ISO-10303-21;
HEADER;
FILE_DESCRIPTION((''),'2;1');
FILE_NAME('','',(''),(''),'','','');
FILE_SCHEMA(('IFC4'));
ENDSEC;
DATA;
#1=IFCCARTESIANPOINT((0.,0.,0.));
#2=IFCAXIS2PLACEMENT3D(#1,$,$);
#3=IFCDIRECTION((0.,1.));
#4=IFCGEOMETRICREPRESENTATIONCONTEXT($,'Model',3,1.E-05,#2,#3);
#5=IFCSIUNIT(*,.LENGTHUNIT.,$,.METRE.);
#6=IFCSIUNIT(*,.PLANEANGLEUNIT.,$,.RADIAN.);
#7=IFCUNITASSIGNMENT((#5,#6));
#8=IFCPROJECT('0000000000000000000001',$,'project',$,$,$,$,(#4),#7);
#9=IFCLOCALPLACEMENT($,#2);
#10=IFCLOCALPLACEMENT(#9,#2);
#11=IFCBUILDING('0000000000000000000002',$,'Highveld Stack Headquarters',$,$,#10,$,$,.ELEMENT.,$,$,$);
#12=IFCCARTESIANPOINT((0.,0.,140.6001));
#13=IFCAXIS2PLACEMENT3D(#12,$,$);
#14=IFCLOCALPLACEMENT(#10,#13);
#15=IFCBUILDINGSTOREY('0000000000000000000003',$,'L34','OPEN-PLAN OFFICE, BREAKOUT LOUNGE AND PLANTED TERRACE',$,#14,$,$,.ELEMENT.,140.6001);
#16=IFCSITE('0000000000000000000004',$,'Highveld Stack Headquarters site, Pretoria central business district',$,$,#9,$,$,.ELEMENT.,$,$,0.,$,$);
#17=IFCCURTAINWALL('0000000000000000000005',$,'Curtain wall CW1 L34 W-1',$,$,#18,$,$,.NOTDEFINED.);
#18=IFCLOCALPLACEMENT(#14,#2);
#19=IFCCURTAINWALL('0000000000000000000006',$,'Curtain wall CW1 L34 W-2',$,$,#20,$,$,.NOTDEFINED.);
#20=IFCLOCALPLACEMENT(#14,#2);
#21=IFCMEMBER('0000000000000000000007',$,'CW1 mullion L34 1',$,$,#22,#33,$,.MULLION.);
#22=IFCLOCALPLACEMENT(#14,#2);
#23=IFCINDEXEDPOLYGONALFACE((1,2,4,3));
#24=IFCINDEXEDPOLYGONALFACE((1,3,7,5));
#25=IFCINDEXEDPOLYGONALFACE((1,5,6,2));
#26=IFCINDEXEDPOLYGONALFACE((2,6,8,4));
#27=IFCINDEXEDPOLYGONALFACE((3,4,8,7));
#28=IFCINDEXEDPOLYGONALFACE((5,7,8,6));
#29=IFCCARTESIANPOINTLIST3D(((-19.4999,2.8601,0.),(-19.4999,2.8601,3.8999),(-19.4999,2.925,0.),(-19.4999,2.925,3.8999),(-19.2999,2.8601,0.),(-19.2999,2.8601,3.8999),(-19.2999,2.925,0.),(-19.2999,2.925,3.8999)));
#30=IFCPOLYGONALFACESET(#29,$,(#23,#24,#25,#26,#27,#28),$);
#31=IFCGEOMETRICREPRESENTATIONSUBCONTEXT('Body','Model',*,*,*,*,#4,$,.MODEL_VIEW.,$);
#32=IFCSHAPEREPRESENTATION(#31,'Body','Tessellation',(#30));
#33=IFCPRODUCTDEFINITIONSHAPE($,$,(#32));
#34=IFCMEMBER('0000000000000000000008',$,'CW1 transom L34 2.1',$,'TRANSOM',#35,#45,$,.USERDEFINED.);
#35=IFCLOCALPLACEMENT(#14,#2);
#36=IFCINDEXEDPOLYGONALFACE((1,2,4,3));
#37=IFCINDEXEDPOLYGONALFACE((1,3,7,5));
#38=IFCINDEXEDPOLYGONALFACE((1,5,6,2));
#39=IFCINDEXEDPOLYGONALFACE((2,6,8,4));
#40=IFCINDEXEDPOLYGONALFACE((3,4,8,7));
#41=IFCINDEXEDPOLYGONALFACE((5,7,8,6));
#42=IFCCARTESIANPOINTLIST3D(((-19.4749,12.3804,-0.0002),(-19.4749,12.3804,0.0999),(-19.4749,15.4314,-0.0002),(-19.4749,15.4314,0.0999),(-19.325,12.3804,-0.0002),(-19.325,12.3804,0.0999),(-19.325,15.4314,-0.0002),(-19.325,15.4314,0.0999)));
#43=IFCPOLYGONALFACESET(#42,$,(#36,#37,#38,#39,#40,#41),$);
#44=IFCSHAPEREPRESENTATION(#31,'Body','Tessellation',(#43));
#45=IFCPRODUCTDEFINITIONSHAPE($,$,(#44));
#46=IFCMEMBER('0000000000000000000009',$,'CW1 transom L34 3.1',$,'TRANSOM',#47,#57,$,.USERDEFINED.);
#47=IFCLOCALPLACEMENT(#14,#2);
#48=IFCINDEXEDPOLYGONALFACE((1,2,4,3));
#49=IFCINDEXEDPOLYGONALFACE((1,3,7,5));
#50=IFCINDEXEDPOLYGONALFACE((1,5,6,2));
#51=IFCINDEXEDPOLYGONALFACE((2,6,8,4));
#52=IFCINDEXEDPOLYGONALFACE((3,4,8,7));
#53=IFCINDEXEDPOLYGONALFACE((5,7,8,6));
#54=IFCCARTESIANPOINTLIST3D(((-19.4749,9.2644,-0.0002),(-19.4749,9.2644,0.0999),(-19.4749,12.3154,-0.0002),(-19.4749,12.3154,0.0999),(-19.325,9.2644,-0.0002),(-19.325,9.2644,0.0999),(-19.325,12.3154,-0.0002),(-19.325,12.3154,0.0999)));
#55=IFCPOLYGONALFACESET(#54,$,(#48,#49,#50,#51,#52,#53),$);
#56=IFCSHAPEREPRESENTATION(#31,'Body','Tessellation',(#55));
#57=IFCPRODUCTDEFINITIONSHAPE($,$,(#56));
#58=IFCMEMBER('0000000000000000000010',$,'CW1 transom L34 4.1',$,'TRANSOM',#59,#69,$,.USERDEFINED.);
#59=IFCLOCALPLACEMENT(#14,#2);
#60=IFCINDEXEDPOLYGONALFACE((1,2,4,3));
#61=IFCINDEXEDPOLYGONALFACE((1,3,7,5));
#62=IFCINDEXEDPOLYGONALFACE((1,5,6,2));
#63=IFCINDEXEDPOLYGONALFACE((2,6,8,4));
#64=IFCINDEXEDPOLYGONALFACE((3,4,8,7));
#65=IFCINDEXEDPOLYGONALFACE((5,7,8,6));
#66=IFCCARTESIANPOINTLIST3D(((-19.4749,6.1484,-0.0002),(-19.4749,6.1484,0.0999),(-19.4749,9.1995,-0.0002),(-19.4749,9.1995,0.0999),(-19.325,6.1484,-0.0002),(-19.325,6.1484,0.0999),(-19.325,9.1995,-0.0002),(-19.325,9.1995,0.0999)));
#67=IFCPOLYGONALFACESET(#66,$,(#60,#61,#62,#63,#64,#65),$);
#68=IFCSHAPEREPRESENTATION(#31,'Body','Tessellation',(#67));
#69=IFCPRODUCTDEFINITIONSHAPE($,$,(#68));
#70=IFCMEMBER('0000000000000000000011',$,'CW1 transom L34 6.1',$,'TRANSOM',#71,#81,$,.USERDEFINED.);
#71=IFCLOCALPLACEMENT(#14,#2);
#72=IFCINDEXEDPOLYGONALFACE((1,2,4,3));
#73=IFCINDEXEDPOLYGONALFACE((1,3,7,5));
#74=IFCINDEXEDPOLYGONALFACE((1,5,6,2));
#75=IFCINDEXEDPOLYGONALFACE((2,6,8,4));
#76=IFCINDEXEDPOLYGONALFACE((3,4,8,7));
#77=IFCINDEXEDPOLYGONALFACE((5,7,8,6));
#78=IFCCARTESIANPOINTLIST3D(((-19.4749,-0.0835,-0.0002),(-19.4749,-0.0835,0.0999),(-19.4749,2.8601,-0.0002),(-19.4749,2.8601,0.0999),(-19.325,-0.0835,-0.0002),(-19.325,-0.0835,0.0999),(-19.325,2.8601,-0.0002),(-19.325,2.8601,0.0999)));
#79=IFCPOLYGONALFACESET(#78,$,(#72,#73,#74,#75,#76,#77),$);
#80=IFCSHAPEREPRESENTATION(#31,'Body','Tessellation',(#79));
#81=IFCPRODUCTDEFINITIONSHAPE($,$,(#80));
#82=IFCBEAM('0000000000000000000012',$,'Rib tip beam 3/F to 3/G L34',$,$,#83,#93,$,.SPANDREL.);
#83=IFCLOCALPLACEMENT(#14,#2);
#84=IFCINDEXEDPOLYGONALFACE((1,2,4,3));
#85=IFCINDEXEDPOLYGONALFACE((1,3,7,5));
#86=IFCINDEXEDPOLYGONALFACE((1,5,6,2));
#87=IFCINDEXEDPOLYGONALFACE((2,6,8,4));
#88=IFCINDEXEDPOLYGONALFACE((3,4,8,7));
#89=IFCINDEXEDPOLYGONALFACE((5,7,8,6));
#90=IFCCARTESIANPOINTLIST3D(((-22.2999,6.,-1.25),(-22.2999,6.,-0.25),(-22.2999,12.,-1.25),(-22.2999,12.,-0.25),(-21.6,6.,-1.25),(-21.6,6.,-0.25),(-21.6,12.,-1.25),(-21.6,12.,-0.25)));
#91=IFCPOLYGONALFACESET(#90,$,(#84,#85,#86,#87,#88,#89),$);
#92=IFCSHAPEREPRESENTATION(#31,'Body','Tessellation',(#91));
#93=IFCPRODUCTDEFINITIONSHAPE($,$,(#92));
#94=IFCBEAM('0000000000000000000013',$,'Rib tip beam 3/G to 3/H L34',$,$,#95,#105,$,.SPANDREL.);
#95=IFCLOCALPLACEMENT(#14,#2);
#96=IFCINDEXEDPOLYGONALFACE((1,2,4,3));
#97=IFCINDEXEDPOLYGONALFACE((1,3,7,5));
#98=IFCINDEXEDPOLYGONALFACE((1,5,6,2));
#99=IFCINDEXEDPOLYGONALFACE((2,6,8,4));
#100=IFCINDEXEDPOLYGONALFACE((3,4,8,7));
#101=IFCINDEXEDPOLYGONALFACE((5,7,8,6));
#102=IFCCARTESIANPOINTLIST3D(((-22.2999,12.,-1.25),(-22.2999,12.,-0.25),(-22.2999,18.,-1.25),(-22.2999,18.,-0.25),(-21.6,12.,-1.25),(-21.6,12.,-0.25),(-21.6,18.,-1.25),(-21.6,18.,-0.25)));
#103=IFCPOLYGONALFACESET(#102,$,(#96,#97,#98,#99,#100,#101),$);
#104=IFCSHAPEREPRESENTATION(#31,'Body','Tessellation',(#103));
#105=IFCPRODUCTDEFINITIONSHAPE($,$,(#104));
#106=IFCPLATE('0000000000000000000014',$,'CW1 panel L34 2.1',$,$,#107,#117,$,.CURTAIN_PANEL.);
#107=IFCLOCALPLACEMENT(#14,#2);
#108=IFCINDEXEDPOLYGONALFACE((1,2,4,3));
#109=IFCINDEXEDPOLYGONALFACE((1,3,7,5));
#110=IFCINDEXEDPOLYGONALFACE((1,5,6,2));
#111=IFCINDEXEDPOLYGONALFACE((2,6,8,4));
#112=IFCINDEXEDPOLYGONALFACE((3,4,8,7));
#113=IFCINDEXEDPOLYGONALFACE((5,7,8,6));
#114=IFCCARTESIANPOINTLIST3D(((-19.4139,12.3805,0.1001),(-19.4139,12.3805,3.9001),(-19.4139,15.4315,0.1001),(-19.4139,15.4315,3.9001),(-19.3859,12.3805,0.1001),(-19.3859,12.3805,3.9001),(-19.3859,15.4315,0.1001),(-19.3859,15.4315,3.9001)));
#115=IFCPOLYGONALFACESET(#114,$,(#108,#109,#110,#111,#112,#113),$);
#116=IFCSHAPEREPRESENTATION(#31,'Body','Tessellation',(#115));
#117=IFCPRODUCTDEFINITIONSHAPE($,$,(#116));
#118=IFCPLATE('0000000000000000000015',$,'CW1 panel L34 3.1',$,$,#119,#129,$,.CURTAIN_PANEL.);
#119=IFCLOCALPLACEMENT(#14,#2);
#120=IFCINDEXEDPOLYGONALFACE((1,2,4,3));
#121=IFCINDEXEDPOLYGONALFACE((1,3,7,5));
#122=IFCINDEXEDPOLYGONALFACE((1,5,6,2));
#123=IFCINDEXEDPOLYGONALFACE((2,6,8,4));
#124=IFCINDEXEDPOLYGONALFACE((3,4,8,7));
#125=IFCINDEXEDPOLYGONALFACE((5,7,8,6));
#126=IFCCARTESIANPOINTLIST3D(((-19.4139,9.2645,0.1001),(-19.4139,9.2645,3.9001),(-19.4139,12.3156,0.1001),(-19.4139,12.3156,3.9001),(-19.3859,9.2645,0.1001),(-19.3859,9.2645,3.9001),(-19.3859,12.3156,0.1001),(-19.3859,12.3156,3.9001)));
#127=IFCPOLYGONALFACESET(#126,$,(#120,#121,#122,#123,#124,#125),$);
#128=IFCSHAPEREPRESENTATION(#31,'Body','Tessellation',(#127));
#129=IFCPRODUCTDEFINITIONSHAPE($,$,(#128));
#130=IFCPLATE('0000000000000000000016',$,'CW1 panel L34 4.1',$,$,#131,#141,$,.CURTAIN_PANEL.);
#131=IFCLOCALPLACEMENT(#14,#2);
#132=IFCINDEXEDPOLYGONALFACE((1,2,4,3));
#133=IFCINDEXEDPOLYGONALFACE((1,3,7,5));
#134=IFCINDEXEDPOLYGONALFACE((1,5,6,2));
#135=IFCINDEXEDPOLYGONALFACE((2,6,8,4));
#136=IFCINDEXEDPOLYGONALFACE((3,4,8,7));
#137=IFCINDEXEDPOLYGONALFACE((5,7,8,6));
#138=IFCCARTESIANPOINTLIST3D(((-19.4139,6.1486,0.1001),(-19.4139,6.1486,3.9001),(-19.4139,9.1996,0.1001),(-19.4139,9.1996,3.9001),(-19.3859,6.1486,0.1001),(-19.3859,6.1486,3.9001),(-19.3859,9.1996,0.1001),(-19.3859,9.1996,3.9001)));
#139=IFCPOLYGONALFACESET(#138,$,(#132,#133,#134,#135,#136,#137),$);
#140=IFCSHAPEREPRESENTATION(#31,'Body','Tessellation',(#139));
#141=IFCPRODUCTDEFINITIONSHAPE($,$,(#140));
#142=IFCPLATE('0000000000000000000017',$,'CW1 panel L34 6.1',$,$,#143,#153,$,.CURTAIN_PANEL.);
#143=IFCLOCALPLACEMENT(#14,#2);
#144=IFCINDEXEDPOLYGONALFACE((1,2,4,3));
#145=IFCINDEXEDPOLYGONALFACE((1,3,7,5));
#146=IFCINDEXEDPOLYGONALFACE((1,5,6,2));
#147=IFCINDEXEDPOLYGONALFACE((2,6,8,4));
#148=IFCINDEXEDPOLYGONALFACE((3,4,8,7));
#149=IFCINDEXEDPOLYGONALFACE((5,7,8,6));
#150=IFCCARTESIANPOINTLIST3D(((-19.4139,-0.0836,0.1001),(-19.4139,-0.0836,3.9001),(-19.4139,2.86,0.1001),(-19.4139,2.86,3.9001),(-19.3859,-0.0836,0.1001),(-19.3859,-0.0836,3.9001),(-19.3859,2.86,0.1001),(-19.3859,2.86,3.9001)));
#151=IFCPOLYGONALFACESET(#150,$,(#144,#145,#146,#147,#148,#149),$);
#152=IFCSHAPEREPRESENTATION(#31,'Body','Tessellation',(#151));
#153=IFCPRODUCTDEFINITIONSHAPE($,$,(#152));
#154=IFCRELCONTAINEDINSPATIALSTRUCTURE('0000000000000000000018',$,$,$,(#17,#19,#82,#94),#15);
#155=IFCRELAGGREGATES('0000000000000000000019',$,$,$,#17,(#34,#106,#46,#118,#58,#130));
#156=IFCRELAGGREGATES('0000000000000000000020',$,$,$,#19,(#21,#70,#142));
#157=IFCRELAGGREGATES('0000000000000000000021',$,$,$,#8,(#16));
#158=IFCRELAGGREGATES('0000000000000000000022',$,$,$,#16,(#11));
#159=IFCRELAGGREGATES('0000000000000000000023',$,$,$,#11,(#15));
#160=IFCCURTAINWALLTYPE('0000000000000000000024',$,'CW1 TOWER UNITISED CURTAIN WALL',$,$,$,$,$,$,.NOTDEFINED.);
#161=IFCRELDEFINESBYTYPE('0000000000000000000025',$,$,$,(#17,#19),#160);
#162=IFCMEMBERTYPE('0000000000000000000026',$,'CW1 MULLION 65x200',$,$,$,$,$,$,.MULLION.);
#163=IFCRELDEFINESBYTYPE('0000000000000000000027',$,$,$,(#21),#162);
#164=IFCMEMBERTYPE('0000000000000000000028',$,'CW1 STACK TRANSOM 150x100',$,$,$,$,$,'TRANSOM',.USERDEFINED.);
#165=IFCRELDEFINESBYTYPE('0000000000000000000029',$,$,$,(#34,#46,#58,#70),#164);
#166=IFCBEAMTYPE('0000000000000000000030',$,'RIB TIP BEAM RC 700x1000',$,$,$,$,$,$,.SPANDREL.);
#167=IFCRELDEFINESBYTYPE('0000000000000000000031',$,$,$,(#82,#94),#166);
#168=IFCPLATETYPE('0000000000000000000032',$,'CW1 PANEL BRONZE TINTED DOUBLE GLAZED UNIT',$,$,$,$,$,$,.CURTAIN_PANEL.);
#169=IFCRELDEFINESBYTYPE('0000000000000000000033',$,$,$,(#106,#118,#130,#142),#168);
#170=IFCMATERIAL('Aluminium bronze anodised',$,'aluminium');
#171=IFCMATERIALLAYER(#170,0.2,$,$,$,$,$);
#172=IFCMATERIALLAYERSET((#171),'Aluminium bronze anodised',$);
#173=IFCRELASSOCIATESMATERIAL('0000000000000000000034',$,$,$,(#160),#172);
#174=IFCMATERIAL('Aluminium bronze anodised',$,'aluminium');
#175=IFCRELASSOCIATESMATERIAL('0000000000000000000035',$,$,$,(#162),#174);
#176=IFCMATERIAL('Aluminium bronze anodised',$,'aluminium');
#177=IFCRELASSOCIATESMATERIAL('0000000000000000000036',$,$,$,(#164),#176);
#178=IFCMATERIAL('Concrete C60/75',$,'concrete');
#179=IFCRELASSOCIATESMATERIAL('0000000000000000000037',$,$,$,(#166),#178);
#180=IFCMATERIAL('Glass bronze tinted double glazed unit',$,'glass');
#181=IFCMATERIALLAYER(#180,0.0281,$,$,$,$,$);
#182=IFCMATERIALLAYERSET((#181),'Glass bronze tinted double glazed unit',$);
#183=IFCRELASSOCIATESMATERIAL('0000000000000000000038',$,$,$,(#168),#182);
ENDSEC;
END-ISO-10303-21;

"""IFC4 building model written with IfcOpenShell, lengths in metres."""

from ifc_helpers import new_model, si_unit, direction, frame, origin, origin_2d, place, context, subcontext, project, spatial, rectangle, extrude, material, layer, layer_set, material_profile, profile_set, type_object, element, aggregate, save


model = new_model("IFC4")

# Units and contexts
model_context = context("Model", 3, precision=1e-05, world=origin(), true_north=direction((0.0, 1.0)))
body_context = subcontext(model_context, "Body", "Model", "MODEL_VIEW")
ifc_project = project(units=[si_unit("LENGTHUNIT", "METRE"), si_unit("PLANEANGLEUNIT", "RADIAN")], contexts=[model_context])

# Site, building, storey
site_placement = place(None, origin())
site = spatial("IfcSite", under=ifc_project, at=site_placement, Name="Highveld Stack Headquarters site, Pretoria central business district", CompositionType="ELEMENT", RefElevation=0.0)
building_placement = place(site_placement, origin())
building = spatial("IfcBuilding", under=site, at=building_placement, Name="Highveld Stack Headquarters", CompositionType="ELEMENT")
storey_placement = place(building_placement, frame((0.0, 0.0, 140.6001)))
storey = spatial("IfcBuildingStorey", under=building, at=storey_placement, Name="L34", Description="OPEN-PLAN OFFICE, BREAKOUT LOUNGE AND PLANTED TERRACE", CompositionType="ELEMENT", Elevation=140.6001)

# Curtain wall
ifc_material_1 = material(Name="Aluminium bronze anodised", Category="aluminium")
ifc_layer_1 = layer(ifc_material_1, 0.2)
ifc_layer_set_1 = layer_set([ifc_layer_1], Name="Aluminium bronze anodised")
curtain_wall_type = type_object("IfcCurtainWallType", Name="CW1 TOWER UNITISED CURTAIN WALL", PredefinedType="NOTDEFINED", material=ifc_layer_set_1)
curtain_wall_1_placement = place(storey_placement, origin())
curtain_wall_1 = element("IfcCurtainWall", 1, at=curtain_wall_1_placement, inside=storey, type_object=curtain_wall_type, Name="Curtain wall CW1 L34 W-1", PredefinedType="NOTDEFINED")

# Curtain wall
curtain_wall_2_placement = place(storey_placement, origin())
curtain_wall_2 = element("IfcCurtainWall", 2, at=curtain_wall_2_placement, inside=storey, type_object=curtain_wall_type, Name="Curtain wall CW1 L34 W-2", PredefinedType="NOTDEFINED")

# Members
ifc_material_2 = material(Name="Aluminium bronze anodised", Category="aluminium")
ifc_material_profile_1 = material_profile(ifc_material_2, rectangle(XDim=0.2, YDim=0.0649, at=origin_2d()), Name="CW1 MULLION 65x200")
ifc_profile_set_1 = profile_set([ifc_material_profile_1], Name="Aluminium bronze anodised")
member_type_1 = type_object("IfcMemberType", Name="CW1 MULLION 65x200", PredefinedType="MULLION", material=ifc_profile_set_1)
member_1_placement = place(storey_placement, frame((-19.3999, 2.8926, 0.0), z_axis=(0.0, 0.0, 1.0), x_axis=(1.0, 0.0, 0.0)))
member_1 = element("IfcMember", 3, at=member_1_placement, type_object=member_type_1, Name="CW1 mullion L34 1", PredefinedType="MULLION", context=body_context, shape_type="SweptSolid", body=[
    extrude(rectangle(XDim=0.2, YDim=0.0649, at=origin_2d()), origin(), (0.0, 0.0, 1.0), 3.8999),
])
ifc_material_3 = material(Name="Aluminium bronze anodised", Category="aluminium")
ifc_material_profile_2 = material_profile(ifc_material_3, rectangle(XDim=0.1499, YDim=0.1001, at=origin_2d()), Name="CW1 TRANSOM 150x100")
ifc_profile_set_2 = profile_set([ifc_material_profile_2], Name="Aluminium bronze anodised")
member_type_2 = type_object("IfcMemberType", Name="CW1 STACK TRANSOM 150x100", ElementType="TRANSOM", PredefinedType="USERDEFINED", material=ifc_profile_set_2)
member_2_placement = place(storey_placement, frame((-19.3999, 15.4314, 0.0498), z_axis=(0.0, -1.0, 0.0), x_axis=(1.0, 0.0, 0.0)))
member_2 = element("IfcMember", 4, at=member_2_placement, type_object=member_type_2, Name="CW1 transom L34 2.1", ObjectType="TRANSOM", PredefinedType="USERDEFINED", context=body_context, shape_type="SweptSolid", body=[
    extrude(rectangle(XDim=0.1499, YDim=0.1001, at=origin_2d()), origin(), (0.0, 0.0, 1.0), 3.051),
])
member_3_placement = place(storey_placement, frame((-19.3999, 12.3154, 0.0498), z_axis=(0.0, -1.0, 0.0), x_axis=(1.0, 0.0, 0.0)))
member_3 = element("IfcMember", 5, at=member_3_placement, type_object=member_type_2, Name="CW1 transom L34 3.1", ObjectType="TRANSOM", PredefinedType="USERDEFINED", context=body_context, shape_type="SweptSolid", body=[
    extrude(rectangle(XDim=0.1499, YDim=0.1001, at=origin_2d()), origin(), (0.0, 0.0, 1.0), 3.051),
])
member_4_placement = place(storey_placement, frame((-19.3999, 9.1995, 0.0498), z_axis=(0.0, -1.0, 0.0), x_axis=(1.0, 0.0, 0.0)))
member_4 = element("IfcMember", 6, at=member_4_placement, type_object=member_type_2, Name="CW1 transom L34 4.1", ObjectType="TRANSOM", PredefinedType="USERDEFINED", context=body_context, shape_type="SweptSolid", body=[
    extrude(rectangle(XDim=0.1499, YDim=0.1001, at=origin_2d()), origin(), (0.0, 0.0, 1.0), 3.051),
])
member_5_placement = place(storey_placement, frame((-19.3999, 2.8601, 0.0498), z_axis=(0.0, -1.0, 0.0), x_axis=(1.0, 0.0, 0.0)))
member_5 = element("IfcMember", 7, at=member_5_placement, type_object=member_type_2, Name="CW1 transom L34 6.1", ObjectType="TRANSOM", PredefinedType="USERDEFINED", context=body_context, shape_type="SweptSolid", body=[
    extrude(rectangle(XDim=0.1499, YDim=0.1001, at=origin_2d()), origin(), (0.0, 0.0, 1.0), 2.9436),
])

# Beams
ifc_material_4 = material(Name="Concrete C60/75", Category="concrete")
ifc_material_profile_3 = material_profile(ifc_material_4, rectangle(XDim=0.7, YDim=1.0, at=origin_2d()), Name="RC 700x1000")
ifc_profile_set_3 = profile_set([ifc_material_profile_3], Name="Concrete C60/75")
beam_type_1 = type_object("IfcBeamType", Name="RIB TIP BEAM RC 700x1000", PredefinedType="SPANDREL", material=ifc_profile_set_3)
for number, where, z_axis, x_axis, name in (
    (8, (-21.95, 6.0, -0.75), (0.0, 1.0, 0.0), (-1.0, 0.0, 0.0), "Rib tip beam 3/F to 3/G L34"),
    (9, (-21.95, 12.0, -0.75), (0.0, 1.0, 0.0), (-1.0, 0.0, 0.0), "Rib tip beam 3/G to 3/H L34"),
):
    element("IfcBeam", number, at=place(storey_placement, frame(where, z_axis=z_axis, x_axis=x_axis)), inside=storey, type_object=beam_type_1, Name=name, PredefinedType="SPANDREL", context=body_context, shape_type="SweptSolid", body=[
        extrude(rectangle(XDim=0.7, YDim=1.0, at=origin_2d()), origin(), (0.0, 0.0, 1.0), 6.0),
    ])

# Plates
ifc_material_5 = material(Name="Glass bronze tinted double glazed unit", Category="glass")
ifc_layer_2 = layer(ifc_material_5, 0.0281)
ifc_layer_set_2 = layer_set([ifc_layer_2], Name="Glass bronze tinted double glazed unit")
plate_type = type_object("IfcPlateType", Name="CW1 PANEL BRONZE TINTED DOUBLE GLAZED UNIT", PredefinedType="CURTAIN_PANEL", material=ifc_layer_set_2)
plate_1_placement = place(storey_placement, frame((-19.3999, 13.906, 0.1001), z_axis=(0.0, 0.0, 1.0), x_axis=(0.0, -1.0, 0.0)))
plate_1 = element("IfcPlate", 10, at=plate_1_placement, type_object=plate_type, Name="CW1 panel L34 2.1", PredefinedType="CURTAIN_PANEL", context=body_context, shape_type="SweptSolid", body=[
    extrude(rectangle(XDim=3.051, YDim=0.0281, at=origin_2d()), origin(), (0.0, 0.0, 1.0), 3.8),
])
plate_2_placement = place(storey_placement, frame((-19.3999, 10.79, 0.1001), z_axis=(0.0, 0.0, 1.0), x_axis=(0.0, -1.0, 0.0)))
plate_2 = element("IfcPlate", 11, at=plate_2_placement, type_object=plate_type, Name="CW1 panel L34 3.1", PredefinedType="CURTAIN_PANEL", context=body_context, shape_type="SweptSolid", body=[
    extrude(rectangle(XDim=3.051, YDim=0.0281, at=origin_2d()), origin(), (0.0, 0.0, 1.0), 3.8),
])
plate_3_placement = place(storey_placement, frame((-19.3999, 7.6741, 0.1001), z_axis=(0.0, 0.0, 1.0), x_axis=(0.0, -1.0, 0.0)))
plate_3 = element("IfcPlate", 12, at=plate_3_placement, type_object=plate_type, Name="CW1 panel L34 4.1", PredefinedType="CURTAIN_PANEL", context=body_context, shape_type="SweptSolid", body=[
    extrude(rectangle(XDim=3.051, YDim=0.0281, at=origin_2d()), origin(), (0.0, 0.0, 1.0), 3.8),
])
aggregate(curtain_wall_1, [member_2, plate_1, member_3, plate_2, member_4, plate_3])
plate_4_placement = place(storey_placement, frame((-19.3999, 1.3882, 0.1001), z_axis=(0.0, 0.0, 1.0), x_axis=(0.0, -1.0, 0.0)))
plate_4 = element("IfcPlate", 13, at=plate_4_placement, type_object=plate_type, Name="CW1 panel L34 6.1", PredefinedType="CURTAIN_PANEL", context=body_context, shape_type="SweptSolid", body=[
    extrude(rectangle(XDim=2.9436, YDim=0.0281, at=origin_2d()), origin(), (0.0, 0.0, 1.0), 3.8),
])
aggregate(curtain_wall_2, [member_1, member_5, plate_4])

save(model, "model.ifc")
